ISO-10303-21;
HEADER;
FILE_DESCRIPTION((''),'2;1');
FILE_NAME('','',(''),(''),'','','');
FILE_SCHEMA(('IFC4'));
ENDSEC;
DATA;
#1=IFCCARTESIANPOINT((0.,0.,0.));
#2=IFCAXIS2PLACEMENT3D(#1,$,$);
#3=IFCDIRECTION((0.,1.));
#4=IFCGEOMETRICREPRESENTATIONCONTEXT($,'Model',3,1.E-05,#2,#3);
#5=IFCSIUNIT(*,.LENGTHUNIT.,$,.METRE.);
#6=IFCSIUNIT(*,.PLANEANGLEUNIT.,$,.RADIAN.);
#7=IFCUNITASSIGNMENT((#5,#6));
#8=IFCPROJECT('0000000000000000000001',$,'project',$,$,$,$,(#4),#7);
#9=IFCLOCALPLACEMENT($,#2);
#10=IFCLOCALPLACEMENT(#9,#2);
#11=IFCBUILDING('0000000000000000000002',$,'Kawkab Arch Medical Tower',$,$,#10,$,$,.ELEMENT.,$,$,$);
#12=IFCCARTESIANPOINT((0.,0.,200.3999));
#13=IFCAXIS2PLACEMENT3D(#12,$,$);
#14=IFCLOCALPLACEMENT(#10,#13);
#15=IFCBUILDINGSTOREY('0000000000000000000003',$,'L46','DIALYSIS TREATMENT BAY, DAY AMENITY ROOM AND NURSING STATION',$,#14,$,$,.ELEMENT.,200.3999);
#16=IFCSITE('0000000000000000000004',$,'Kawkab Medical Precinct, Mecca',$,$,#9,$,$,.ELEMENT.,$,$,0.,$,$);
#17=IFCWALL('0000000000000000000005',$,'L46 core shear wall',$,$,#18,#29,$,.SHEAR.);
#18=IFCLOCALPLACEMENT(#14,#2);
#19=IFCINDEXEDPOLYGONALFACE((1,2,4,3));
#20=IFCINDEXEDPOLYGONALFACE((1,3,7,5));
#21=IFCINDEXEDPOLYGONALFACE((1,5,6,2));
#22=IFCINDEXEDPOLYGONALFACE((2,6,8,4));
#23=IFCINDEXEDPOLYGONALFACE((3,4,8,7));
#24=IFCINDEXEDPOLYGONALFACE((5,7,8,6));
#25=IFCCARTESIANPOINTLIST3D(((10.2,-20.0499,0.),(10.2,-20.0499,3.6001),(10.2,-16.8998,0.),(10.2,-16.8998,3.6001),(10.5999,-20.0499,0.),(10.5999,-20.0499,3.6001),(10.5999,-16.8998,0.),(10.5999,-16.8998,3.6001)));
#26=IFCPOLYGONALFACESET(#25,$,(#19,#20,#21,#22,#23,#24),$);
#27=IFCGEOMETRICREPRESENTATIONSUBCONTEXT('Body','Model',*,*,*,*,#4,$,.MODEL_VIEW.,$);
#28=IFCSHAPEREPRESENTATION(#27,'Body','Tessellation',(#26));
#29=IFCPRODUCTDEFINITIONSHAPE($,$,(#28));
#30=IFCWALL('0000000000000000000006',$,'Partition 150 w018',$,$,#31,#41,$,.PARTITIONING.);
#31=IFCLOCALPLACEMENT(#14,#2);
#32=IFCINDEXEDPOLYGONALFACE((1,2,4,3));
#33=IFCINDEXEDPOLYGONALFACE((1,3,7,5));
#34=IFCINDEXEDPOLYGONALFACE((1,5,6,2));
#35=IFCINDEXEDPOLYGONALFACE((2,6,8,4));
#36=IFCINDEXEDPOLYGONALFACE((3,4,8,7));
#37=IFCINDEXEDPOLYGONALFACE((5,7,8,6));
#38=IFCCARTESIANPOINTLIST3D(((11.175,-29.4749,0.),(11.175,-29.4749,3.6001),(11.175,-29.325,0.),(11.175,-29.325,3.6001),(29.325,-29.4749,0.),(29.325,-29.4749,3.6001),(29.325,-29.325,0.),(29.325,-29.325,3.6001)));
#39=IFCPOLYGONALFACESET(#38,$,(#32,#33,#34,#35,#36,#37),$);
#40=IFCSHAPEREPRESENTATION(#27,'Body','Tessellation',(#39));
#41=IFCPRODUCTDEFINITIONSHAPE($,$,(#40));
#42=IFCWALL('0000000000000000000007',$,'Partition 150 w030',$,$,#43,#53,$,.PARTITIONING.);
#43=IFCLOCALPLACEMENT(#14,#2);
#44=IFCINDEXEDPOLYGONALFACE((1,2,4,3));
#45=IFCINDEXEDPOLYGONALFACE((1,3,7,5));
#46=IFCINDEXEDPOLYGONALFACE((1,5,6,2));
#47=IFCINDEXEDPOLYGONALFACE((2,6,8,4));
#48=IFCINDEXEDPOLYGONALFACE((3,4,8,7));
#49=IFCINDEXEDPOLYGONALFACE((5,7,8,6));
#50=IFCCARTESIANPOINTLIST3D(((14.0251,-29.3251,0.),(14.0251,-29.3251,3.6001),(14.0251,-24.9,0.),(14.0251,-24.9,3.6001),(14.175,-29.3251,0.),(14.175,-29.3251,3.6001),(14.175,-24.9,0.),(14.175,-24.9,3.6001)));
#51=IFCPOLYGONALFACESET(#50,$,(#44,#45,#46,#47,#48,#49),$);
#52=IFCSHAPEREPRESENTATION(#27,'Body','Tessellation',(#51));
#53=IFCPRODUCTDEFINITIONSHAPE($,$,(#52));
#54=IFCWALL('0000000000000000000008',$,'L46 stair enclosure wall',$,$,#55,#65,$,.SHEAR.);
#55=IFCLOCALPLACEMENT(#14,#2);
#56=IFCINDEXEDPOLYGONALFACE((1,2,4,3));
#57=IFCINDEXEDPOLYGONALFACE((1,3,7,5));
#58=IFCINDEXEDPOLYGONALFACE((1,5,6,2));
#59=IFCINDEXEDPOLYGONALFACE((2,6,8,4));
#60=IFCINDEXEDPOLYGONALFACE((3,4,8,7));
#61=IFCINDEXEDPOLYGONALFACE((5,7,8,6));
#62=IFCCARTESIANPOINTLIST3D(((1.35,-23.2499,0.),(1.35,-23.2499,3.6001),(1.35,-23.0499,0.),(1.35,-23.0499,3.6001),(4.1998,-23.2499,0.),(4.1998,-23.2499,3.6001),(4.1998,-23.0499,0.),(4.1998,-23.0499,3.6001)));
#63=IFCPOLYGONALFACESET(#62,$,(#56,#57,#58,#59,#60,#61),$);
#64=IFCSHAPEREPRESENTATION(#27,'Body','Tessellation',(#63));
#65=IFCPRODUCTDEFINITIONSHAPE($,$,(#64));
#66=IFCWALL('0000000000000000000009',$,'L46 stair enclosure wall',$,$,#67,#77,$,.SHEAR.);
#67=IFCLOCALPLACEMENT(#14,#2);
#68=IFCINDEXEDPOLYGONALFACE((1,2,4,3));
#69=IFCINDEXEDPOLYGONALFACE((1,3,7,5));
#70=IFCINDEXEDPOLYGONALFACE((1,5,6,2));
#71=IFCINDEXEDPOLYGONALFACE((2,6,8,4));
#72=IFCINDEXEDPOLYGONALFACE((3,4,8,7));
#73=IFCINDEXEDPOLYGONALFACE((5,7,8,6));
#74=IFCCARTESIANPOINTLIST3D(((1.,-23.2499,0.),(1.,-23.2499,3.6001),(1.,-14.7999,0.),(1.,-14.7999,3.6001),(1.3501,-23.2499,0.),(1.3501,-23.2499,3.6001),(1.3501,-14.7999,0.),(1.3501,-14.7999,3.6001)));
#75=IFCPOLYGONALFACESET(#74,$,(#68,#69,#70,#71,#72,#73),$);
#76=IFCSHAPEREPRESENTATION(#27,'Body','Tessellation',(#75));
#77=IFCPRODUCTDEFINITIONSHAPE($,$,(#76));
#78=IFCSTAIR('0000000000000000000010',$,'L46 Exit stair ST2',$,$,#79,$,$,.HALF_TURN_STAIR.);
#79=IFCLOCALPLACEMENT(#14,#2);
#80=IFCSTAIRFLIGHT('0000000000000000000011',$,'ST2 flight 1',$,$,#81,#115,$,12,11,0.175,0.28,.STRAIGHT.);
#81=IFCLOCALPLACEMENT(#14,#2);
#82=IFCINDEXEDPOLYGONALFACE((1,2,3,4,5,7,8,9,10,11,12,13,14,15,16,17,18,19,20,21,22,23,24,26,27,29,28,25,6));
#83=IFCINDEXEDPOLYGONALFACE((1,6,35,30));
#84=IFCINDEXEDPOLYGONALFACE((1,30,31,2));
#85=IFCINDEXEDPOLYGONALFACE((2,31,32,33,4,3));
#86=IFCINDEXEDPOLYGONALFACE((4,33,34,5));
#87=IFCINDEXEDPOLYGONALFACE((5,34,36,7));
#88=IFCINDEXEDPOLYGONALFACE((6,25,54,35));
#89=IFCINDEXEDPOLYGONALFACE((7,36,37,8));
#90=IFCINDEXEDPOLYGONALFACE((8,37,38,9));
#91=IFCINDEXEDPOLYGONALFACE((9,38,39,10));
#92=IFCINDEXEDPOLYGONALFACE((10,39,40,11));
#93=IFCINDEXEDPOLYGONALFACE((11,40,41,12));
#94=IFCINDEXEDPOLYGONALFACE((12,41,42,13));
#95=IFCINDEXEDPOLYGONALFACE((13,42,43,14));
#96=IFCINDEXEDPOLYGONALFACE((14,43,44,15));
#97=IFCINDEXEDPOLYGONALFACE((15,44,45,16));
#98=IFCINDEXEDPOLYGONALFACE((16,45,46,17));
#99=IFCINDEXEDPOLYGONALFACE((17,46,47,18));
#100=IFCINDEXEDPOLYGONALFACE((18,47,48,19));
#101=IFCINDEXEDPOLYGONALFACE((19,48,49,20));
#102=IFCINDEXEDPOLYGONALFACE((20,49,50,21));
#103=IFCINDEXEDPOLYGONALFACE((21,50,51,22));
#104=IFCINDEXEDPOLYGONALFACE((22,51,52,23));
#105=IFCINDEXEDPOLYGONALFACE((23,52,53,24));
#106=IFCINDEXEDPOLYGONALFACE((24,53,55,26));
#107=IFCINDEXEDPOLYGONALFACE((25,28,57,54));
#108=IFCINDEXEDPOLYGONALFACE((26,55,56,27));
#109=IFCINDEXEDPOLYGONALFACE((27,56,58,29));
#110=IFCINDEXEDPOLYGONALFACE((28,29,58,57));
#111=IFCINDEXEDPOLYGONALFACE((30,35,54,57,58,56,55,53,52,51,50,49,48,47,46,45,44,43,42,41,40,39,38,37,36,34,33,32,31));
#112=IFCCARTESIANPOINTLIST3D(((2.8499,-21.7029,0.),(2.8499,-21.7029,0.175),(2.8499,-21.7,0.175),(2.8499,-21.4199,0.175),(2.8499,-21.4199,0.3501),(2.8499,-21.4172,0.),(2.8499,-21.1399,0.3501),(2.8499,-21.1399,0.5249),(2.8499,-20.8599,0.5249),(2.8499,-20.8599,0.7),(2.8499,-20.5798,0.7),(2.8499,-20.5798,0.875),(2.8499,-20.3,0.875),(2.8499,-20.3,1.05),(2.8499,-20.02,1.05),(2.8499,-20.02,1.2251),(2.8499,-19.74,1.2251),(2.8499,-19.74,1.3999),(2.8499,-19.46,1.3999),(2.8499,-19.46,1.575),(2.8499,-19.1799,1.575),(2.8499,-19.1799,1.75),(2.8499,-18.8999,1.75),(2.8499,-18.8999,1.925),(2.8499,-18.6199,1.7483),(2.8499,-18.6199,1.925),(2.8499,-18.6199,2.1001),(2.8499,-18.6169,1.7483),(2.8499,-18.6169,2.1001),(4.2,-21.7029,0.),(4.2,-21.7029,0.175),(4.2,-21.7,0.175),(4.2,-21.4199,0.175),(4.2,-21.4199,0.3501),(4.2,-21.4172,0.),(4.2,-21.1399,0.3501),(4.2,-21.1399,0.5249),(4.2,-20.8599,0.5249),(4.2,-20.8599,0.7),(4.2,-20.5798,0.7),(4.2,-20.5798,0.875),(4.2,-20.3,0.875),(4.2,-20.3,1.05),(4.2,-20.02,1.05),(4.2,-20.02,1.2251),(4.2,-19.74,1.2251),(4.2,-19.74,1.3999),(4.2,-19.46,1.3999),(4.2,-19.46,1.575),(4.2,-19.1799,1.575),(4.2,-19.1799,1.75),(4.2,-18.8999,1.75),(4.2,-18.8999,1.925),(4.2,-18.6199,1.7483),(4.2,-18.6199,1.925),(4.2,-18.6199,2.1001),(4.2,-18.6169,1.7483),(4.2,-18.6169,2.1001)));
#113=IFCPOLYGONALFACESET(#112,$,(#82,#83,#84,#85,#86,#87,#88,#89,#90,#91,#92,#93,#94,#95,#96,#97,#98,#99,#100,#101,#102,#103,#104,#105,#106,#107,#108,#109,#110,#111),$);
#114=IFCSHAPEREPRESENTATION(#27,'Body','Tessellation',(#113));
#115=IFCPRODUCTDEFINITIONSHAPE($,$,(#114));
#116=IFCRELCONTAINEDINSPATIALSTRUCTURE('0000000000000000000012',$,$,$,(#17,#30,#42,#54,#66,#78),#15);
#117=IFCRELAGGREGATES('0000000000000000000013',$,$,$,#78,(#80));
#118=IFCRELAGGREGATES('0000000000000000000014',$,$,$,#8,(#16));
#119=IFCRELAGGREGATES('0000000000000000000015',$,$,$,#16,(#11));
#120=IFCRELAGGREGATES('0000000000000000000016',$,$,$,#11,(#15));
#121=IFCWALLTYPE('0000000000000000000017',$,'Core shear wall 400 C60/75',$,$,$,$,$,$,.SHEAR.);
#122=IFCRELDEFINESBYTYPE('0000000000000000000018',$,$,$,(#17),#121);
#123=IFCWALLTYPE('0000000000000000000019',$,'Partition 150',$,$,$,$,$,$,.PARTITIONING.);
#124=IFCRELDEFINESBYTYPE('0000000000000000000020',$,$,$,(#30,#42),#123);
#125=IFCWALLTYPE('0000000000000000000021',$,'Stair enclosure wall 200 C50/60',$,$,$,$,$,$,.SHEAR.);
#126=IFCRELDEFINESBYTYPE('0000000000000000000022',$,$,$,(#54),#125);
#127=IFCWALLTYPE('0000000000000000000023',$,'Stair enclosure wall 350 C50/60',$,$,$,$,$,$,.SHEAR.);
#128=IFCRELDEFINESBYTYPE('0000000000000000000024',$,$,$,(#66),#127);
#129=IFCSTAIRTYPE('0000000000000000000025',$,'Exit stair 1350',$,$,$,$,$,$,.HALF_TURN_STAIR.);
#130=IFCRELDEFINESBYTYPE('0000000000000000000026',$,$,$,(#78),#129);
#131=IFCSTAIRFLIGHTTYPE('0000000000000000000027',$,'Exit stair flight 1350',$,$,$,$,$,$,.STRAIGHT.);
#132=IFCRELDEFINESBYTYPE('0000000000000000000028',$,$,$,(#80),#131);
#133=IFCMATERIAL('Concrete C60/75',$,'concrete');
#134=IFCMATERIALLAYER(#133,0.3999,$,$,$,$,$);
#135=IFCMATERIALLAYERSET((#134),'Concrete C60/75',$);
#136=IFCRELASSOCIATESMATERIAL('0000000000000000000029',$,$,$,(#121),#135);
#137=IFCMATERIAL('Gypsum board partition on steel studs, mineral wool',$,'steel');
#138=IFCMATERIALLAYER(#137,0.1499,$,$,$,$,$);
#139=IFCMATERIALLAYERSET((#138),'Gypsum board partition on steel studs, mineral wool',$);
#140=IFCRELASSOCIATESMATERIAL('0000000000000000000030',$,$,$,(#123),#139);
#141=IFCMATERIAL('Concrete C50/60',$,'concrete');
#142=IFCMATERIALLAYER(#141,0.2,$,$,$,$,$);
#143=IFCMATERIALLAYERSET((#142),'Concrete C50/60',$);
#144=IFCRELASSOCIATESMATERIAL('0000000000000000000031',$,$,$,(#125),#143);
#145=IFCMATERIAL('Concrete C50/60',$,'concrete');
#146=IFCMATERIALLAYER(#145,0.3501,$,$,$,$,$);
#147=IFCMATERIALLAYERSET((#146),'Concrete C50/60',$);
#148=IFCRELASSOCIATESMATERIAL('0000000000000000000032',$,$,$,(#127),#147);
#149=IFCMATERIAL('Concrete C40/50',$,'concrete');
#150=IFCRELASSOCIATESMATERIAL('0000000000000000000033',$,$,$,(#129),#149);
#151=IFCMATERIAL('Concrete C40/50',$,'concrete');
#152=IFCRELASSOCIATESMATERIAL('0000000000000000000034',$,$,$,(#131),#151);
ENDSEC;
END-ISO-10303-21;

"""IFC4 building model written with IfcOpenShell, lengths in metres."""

from ifc_helpers import new_model, si_unit, direction, frame, frame_2d, origin, place, context, subcontext, project, spatial, polyline, rectangle, outline, extrude, material, layer, layer_set, type_object, element, aggregate, save


model = new_model("IFC4")

# Units and contexts
model_context = context("Model", 3, precision=1e-05, world=origin(), true_north=direction((0.0, 1.0)))
body_context = subcontext(model_context, "Body", "Model", "MODEL_VIEW")
ifc_project = project(units=[si_unit("LENGTHUNIT", "METRE"), si_unit("PLANEANGLEUNIT", "RADIAN")], contexts=[model_context])

# Site, building, storey
site_placement = place(None, origin())
site = spatial("IfcSite", under=ifc_project, at=site_placement, Name="Kawkab Medical Precinct, Mecca", CompositionType="ELEMENT", RefElevation=0.0)
building_placement = place(site_placement, origin())
building = spatial("IfcBuilding", under=site, at=building_placement, Name="Kawkab Arch Medical Tower", CompositionType="ELEMENT")
storey_placement = place(building_placement, frame((0.0, 0.0, 200.3999)))
storey = spatial("IfcBuildingStorey", under=building, at=storey_placement, Name="L46", Description="DIALYSIS TREATMENT BAY, DAY AMENITY ROOM AND NURSING STATION", CompositionType="ELEMENT", Elevation=200.3999)

# Shared definitions
ifc_material_1 = material(Name="Concrete C60/75", Category="concrete")
ifc_layer_1 = layer(ifc_material_1, 0.3999)
ifc_layer_set_1 = layer_set([ifc_layer_1], Name="Concrete C60/75")
wall_type_1 = type_object("IfcWallType", Name="Core shear wall 400 C60/75", PredefinedType="SHEAR", material=ifc_layer_set_1)

# Walls
wall_1_placement = place(storey_placement, frame((10.3999, -20.05, 0.0), z_axis=(0.0, 0.0, 1.0), x_axis=(0.0, 1.0, 0.0)))
element("IfcWall", 1, at=wall_1_placement, inside=storey, type_object=wall_type_1, Name="L46 core shear wall", PredefinedType="SHEAR", context=body_context, shape_type="SweptSolid", body=[
    extrude(rectangle(XDim=3.1501, YDim=0.3999, at=frame_2d((1.5752, 0.0))), origin(), (0.0, 0.0, 1.0), 3.6001),
])
ifc_material_2 = material(Name="Gypsum board partition on steel studs, mineral wool", Category="steel")
ifc_layer_2 = layer(ifc_material_2, 0.1499)
ifc_layer_set_2 = layer_set([ifc_layer_2], Name="Gypsum board partition on steel studs, mineral wool")
wall_type_2 = type_object("IfcWallType", Name="Partition 150", PredefinedType="PARTITIONING", material=ifc_layer_set_2)
wall_2_placement = place(storey_placement, frame((11.175, -29.3999, 0.0), z_axis=(0.0, 0.0, 1.0), x_axis=(1.0, 0.0, 0.0)))
element("IfcWall", 2, at=wall_2_placement, inside=storey, type_object=wall_type_2, Name="Partition 150 w018", PredefinedType="PARTITIONING", context=body_context, shape_type="SweptSolid", body=[
    extrude(rectangle(XDim=18.1499, YDim=0.1499, at=frame_2d((9.075, 0.0))), origin(), (0.0, 0.0, 1.0), 3.6001),
])
wall_3_placement = place(storey_placement, frame((14.1001, -29.325, 0.0), z_axis=(0.0, 0.0, 1.0), x_axis=(0.0, 1.0, 0.0)))
element("IfcWall", 3, at=wall_3_placement, inside=storey, type_object=wall_type_2, Name="Partition 150 w030", PredefinedType="PARTITIONING", context=body_context, shape_type="SweptSolid", body=[
    extrude(rectangle(XDim=4.425, YDim=0.1499, at=frame_2d((2.2124, 0.0))), origin(), (0.0, 0.0, 1.0), 3.6001),
])
ifc_material_3 = material(Name="Concrete C50/60", Category="concrete")
ifc_layer_3 = layer(ifc_material_3, 0.2)
ifc_layer_set_3 = layer_set([ifc_layer_3], Name="Concrete C50/60")
wall_type_3 = type_object("IfcWallType", Name="Stair enclosure wall 200 C50/60", PredefinedType="SHEAR", material=ifc_layer_set_3)
wall_4_placement = place(storey_placement, frame((1.3501, -23.1499, 0.0), z_axis=(0.0, 0.0, 1.0), x_axis=(1.0, 0.0, 0.0)))
element("IfcWall", 4, at=wall_4_placement, inside=storey, type_object=wall_type_3, Name="L46 stair enclosure wall", PredefinedType="SHEAR", context=body_context, shape_type="SweptSolid", body=[
    extrude(rectangle(XDim=2.8499, YDim=0.2, at=frame_2d((1.4248, 0.0))), origin(), (0.0, 0.0, 1.0), 3.6001),
])
ifc_material_4 = material(Name="Concrete C50/60", Category="concrete")
ifc_layer_4 = layer(ifc_material_4, 0.3501)
ifc_layer_set_4 = layer_set([ifc_layer_4], Name="Concrete C50/60")
wall_type_4 = type_object("IfcWallType", Name="Stair enclosure wall 350 C50/60", PredefinedType="SHEAR", material=ifc_layer_set_4)
wall_5_placement = place(storey_placement, frame((1.175, -23.25, 0.0), z_axis=(0.0, 0.0, 1.0), x_axis=(0.0, 1.0, 0.0)))
element("IfcWall", 5, at=wall_5_placement, inside=storey, type_object=wall_type_4, Name="L46 stair enclosure wall", PredefinedType="SHEAR", context=body_context, shape_type="SweptSolid", body=[
    extrude(rectangle(XDim=8.45, YDim=0.3501, at=frame_2d((4.2251, 0.0))), origin(), (0.0, 0.0, 1.0), 3.6001),
])

# Stair, stair flight
ifc_material_5 = material(Name="Concrete C40/50", Category="concrete")
stair_type = type_object("IfcStairType", Name="Exit stair 1350", PredefinedType="HALF_TURN_STAIR", material=ifc_material_5)
stair_placement = place(storey_placement, origin())
stair = element("IfcStair", 6, at=stair_placement, inside=storey, type_object=stair_type, Name="L46 Exit stair ST2", PredefinedType="HALF_TURN_STAIR")
ifc_material_6 = material(Name="Concrete C40/50", Category="concrete")
stair_flight_type = type_object("IfcStairFlightType", Name="Exit stair flight 1350", PredefinedType="STRAIGHT", material=ifc_material_6)
stair_flight_placement = place(storey_placement, frame((3.5249, -21.7, 0.0), z_axis=(0.0, 0.0, 1.0), x_axis=(0.0, 1.0, 0.0)))
stair_flight = element("IfcStairFlight", 7, at=stair_flight_placement, type_object=stair_flight_type, Name="ST2 flight 1", NumberOfRisers=12, NumberOfTreads=11, PredefinedType="STRAIGHT", RiserHeight=0.175, TreadLength=0.28, context=body_context, shape_type="SweptSolid", body=[
    extrude(outline(polyline([(-0.0029, 0.0), (-0.0029, 0.175), (0.0, 0.175), (0.28, 0.175), (0.28, 0.3501), (0.5601, 0.3501), (0.5601, 0.5249), (0.8401, 0.5249), (0.8401, 0.7), (1.1201, 0.7), (1.1201, 0.875), (1.3999, 0.875), (1.3999, 1.05), (1.6799, 1.05), (1.6799, 1.2251), (1.96, 1.2251), (1.96, 1.3999), (2.24, 1.3999), (2.24, 1.575), (2.52, 1.575), (2.52, 1.75), (2.8, 1.75), (2.8, 1.925), (3.0801, 1.925), (3.0801, 2.1001), (3.083, 2.1001), (3.083, 1.7483), (3.0801, 1.7483), (0.2827, 0.0), (-0.0029, 0.0)])), frame((0.0, 0.675, 0.0), z_axis=(0.0, -1.0, 0.0), x_axis=(1.0, 0.0, 0.0)), (0.0, 0.0, 1.0), 1.3501),
])
aggregate(stair, [stair_flight])

save(model, "model.ifc")
